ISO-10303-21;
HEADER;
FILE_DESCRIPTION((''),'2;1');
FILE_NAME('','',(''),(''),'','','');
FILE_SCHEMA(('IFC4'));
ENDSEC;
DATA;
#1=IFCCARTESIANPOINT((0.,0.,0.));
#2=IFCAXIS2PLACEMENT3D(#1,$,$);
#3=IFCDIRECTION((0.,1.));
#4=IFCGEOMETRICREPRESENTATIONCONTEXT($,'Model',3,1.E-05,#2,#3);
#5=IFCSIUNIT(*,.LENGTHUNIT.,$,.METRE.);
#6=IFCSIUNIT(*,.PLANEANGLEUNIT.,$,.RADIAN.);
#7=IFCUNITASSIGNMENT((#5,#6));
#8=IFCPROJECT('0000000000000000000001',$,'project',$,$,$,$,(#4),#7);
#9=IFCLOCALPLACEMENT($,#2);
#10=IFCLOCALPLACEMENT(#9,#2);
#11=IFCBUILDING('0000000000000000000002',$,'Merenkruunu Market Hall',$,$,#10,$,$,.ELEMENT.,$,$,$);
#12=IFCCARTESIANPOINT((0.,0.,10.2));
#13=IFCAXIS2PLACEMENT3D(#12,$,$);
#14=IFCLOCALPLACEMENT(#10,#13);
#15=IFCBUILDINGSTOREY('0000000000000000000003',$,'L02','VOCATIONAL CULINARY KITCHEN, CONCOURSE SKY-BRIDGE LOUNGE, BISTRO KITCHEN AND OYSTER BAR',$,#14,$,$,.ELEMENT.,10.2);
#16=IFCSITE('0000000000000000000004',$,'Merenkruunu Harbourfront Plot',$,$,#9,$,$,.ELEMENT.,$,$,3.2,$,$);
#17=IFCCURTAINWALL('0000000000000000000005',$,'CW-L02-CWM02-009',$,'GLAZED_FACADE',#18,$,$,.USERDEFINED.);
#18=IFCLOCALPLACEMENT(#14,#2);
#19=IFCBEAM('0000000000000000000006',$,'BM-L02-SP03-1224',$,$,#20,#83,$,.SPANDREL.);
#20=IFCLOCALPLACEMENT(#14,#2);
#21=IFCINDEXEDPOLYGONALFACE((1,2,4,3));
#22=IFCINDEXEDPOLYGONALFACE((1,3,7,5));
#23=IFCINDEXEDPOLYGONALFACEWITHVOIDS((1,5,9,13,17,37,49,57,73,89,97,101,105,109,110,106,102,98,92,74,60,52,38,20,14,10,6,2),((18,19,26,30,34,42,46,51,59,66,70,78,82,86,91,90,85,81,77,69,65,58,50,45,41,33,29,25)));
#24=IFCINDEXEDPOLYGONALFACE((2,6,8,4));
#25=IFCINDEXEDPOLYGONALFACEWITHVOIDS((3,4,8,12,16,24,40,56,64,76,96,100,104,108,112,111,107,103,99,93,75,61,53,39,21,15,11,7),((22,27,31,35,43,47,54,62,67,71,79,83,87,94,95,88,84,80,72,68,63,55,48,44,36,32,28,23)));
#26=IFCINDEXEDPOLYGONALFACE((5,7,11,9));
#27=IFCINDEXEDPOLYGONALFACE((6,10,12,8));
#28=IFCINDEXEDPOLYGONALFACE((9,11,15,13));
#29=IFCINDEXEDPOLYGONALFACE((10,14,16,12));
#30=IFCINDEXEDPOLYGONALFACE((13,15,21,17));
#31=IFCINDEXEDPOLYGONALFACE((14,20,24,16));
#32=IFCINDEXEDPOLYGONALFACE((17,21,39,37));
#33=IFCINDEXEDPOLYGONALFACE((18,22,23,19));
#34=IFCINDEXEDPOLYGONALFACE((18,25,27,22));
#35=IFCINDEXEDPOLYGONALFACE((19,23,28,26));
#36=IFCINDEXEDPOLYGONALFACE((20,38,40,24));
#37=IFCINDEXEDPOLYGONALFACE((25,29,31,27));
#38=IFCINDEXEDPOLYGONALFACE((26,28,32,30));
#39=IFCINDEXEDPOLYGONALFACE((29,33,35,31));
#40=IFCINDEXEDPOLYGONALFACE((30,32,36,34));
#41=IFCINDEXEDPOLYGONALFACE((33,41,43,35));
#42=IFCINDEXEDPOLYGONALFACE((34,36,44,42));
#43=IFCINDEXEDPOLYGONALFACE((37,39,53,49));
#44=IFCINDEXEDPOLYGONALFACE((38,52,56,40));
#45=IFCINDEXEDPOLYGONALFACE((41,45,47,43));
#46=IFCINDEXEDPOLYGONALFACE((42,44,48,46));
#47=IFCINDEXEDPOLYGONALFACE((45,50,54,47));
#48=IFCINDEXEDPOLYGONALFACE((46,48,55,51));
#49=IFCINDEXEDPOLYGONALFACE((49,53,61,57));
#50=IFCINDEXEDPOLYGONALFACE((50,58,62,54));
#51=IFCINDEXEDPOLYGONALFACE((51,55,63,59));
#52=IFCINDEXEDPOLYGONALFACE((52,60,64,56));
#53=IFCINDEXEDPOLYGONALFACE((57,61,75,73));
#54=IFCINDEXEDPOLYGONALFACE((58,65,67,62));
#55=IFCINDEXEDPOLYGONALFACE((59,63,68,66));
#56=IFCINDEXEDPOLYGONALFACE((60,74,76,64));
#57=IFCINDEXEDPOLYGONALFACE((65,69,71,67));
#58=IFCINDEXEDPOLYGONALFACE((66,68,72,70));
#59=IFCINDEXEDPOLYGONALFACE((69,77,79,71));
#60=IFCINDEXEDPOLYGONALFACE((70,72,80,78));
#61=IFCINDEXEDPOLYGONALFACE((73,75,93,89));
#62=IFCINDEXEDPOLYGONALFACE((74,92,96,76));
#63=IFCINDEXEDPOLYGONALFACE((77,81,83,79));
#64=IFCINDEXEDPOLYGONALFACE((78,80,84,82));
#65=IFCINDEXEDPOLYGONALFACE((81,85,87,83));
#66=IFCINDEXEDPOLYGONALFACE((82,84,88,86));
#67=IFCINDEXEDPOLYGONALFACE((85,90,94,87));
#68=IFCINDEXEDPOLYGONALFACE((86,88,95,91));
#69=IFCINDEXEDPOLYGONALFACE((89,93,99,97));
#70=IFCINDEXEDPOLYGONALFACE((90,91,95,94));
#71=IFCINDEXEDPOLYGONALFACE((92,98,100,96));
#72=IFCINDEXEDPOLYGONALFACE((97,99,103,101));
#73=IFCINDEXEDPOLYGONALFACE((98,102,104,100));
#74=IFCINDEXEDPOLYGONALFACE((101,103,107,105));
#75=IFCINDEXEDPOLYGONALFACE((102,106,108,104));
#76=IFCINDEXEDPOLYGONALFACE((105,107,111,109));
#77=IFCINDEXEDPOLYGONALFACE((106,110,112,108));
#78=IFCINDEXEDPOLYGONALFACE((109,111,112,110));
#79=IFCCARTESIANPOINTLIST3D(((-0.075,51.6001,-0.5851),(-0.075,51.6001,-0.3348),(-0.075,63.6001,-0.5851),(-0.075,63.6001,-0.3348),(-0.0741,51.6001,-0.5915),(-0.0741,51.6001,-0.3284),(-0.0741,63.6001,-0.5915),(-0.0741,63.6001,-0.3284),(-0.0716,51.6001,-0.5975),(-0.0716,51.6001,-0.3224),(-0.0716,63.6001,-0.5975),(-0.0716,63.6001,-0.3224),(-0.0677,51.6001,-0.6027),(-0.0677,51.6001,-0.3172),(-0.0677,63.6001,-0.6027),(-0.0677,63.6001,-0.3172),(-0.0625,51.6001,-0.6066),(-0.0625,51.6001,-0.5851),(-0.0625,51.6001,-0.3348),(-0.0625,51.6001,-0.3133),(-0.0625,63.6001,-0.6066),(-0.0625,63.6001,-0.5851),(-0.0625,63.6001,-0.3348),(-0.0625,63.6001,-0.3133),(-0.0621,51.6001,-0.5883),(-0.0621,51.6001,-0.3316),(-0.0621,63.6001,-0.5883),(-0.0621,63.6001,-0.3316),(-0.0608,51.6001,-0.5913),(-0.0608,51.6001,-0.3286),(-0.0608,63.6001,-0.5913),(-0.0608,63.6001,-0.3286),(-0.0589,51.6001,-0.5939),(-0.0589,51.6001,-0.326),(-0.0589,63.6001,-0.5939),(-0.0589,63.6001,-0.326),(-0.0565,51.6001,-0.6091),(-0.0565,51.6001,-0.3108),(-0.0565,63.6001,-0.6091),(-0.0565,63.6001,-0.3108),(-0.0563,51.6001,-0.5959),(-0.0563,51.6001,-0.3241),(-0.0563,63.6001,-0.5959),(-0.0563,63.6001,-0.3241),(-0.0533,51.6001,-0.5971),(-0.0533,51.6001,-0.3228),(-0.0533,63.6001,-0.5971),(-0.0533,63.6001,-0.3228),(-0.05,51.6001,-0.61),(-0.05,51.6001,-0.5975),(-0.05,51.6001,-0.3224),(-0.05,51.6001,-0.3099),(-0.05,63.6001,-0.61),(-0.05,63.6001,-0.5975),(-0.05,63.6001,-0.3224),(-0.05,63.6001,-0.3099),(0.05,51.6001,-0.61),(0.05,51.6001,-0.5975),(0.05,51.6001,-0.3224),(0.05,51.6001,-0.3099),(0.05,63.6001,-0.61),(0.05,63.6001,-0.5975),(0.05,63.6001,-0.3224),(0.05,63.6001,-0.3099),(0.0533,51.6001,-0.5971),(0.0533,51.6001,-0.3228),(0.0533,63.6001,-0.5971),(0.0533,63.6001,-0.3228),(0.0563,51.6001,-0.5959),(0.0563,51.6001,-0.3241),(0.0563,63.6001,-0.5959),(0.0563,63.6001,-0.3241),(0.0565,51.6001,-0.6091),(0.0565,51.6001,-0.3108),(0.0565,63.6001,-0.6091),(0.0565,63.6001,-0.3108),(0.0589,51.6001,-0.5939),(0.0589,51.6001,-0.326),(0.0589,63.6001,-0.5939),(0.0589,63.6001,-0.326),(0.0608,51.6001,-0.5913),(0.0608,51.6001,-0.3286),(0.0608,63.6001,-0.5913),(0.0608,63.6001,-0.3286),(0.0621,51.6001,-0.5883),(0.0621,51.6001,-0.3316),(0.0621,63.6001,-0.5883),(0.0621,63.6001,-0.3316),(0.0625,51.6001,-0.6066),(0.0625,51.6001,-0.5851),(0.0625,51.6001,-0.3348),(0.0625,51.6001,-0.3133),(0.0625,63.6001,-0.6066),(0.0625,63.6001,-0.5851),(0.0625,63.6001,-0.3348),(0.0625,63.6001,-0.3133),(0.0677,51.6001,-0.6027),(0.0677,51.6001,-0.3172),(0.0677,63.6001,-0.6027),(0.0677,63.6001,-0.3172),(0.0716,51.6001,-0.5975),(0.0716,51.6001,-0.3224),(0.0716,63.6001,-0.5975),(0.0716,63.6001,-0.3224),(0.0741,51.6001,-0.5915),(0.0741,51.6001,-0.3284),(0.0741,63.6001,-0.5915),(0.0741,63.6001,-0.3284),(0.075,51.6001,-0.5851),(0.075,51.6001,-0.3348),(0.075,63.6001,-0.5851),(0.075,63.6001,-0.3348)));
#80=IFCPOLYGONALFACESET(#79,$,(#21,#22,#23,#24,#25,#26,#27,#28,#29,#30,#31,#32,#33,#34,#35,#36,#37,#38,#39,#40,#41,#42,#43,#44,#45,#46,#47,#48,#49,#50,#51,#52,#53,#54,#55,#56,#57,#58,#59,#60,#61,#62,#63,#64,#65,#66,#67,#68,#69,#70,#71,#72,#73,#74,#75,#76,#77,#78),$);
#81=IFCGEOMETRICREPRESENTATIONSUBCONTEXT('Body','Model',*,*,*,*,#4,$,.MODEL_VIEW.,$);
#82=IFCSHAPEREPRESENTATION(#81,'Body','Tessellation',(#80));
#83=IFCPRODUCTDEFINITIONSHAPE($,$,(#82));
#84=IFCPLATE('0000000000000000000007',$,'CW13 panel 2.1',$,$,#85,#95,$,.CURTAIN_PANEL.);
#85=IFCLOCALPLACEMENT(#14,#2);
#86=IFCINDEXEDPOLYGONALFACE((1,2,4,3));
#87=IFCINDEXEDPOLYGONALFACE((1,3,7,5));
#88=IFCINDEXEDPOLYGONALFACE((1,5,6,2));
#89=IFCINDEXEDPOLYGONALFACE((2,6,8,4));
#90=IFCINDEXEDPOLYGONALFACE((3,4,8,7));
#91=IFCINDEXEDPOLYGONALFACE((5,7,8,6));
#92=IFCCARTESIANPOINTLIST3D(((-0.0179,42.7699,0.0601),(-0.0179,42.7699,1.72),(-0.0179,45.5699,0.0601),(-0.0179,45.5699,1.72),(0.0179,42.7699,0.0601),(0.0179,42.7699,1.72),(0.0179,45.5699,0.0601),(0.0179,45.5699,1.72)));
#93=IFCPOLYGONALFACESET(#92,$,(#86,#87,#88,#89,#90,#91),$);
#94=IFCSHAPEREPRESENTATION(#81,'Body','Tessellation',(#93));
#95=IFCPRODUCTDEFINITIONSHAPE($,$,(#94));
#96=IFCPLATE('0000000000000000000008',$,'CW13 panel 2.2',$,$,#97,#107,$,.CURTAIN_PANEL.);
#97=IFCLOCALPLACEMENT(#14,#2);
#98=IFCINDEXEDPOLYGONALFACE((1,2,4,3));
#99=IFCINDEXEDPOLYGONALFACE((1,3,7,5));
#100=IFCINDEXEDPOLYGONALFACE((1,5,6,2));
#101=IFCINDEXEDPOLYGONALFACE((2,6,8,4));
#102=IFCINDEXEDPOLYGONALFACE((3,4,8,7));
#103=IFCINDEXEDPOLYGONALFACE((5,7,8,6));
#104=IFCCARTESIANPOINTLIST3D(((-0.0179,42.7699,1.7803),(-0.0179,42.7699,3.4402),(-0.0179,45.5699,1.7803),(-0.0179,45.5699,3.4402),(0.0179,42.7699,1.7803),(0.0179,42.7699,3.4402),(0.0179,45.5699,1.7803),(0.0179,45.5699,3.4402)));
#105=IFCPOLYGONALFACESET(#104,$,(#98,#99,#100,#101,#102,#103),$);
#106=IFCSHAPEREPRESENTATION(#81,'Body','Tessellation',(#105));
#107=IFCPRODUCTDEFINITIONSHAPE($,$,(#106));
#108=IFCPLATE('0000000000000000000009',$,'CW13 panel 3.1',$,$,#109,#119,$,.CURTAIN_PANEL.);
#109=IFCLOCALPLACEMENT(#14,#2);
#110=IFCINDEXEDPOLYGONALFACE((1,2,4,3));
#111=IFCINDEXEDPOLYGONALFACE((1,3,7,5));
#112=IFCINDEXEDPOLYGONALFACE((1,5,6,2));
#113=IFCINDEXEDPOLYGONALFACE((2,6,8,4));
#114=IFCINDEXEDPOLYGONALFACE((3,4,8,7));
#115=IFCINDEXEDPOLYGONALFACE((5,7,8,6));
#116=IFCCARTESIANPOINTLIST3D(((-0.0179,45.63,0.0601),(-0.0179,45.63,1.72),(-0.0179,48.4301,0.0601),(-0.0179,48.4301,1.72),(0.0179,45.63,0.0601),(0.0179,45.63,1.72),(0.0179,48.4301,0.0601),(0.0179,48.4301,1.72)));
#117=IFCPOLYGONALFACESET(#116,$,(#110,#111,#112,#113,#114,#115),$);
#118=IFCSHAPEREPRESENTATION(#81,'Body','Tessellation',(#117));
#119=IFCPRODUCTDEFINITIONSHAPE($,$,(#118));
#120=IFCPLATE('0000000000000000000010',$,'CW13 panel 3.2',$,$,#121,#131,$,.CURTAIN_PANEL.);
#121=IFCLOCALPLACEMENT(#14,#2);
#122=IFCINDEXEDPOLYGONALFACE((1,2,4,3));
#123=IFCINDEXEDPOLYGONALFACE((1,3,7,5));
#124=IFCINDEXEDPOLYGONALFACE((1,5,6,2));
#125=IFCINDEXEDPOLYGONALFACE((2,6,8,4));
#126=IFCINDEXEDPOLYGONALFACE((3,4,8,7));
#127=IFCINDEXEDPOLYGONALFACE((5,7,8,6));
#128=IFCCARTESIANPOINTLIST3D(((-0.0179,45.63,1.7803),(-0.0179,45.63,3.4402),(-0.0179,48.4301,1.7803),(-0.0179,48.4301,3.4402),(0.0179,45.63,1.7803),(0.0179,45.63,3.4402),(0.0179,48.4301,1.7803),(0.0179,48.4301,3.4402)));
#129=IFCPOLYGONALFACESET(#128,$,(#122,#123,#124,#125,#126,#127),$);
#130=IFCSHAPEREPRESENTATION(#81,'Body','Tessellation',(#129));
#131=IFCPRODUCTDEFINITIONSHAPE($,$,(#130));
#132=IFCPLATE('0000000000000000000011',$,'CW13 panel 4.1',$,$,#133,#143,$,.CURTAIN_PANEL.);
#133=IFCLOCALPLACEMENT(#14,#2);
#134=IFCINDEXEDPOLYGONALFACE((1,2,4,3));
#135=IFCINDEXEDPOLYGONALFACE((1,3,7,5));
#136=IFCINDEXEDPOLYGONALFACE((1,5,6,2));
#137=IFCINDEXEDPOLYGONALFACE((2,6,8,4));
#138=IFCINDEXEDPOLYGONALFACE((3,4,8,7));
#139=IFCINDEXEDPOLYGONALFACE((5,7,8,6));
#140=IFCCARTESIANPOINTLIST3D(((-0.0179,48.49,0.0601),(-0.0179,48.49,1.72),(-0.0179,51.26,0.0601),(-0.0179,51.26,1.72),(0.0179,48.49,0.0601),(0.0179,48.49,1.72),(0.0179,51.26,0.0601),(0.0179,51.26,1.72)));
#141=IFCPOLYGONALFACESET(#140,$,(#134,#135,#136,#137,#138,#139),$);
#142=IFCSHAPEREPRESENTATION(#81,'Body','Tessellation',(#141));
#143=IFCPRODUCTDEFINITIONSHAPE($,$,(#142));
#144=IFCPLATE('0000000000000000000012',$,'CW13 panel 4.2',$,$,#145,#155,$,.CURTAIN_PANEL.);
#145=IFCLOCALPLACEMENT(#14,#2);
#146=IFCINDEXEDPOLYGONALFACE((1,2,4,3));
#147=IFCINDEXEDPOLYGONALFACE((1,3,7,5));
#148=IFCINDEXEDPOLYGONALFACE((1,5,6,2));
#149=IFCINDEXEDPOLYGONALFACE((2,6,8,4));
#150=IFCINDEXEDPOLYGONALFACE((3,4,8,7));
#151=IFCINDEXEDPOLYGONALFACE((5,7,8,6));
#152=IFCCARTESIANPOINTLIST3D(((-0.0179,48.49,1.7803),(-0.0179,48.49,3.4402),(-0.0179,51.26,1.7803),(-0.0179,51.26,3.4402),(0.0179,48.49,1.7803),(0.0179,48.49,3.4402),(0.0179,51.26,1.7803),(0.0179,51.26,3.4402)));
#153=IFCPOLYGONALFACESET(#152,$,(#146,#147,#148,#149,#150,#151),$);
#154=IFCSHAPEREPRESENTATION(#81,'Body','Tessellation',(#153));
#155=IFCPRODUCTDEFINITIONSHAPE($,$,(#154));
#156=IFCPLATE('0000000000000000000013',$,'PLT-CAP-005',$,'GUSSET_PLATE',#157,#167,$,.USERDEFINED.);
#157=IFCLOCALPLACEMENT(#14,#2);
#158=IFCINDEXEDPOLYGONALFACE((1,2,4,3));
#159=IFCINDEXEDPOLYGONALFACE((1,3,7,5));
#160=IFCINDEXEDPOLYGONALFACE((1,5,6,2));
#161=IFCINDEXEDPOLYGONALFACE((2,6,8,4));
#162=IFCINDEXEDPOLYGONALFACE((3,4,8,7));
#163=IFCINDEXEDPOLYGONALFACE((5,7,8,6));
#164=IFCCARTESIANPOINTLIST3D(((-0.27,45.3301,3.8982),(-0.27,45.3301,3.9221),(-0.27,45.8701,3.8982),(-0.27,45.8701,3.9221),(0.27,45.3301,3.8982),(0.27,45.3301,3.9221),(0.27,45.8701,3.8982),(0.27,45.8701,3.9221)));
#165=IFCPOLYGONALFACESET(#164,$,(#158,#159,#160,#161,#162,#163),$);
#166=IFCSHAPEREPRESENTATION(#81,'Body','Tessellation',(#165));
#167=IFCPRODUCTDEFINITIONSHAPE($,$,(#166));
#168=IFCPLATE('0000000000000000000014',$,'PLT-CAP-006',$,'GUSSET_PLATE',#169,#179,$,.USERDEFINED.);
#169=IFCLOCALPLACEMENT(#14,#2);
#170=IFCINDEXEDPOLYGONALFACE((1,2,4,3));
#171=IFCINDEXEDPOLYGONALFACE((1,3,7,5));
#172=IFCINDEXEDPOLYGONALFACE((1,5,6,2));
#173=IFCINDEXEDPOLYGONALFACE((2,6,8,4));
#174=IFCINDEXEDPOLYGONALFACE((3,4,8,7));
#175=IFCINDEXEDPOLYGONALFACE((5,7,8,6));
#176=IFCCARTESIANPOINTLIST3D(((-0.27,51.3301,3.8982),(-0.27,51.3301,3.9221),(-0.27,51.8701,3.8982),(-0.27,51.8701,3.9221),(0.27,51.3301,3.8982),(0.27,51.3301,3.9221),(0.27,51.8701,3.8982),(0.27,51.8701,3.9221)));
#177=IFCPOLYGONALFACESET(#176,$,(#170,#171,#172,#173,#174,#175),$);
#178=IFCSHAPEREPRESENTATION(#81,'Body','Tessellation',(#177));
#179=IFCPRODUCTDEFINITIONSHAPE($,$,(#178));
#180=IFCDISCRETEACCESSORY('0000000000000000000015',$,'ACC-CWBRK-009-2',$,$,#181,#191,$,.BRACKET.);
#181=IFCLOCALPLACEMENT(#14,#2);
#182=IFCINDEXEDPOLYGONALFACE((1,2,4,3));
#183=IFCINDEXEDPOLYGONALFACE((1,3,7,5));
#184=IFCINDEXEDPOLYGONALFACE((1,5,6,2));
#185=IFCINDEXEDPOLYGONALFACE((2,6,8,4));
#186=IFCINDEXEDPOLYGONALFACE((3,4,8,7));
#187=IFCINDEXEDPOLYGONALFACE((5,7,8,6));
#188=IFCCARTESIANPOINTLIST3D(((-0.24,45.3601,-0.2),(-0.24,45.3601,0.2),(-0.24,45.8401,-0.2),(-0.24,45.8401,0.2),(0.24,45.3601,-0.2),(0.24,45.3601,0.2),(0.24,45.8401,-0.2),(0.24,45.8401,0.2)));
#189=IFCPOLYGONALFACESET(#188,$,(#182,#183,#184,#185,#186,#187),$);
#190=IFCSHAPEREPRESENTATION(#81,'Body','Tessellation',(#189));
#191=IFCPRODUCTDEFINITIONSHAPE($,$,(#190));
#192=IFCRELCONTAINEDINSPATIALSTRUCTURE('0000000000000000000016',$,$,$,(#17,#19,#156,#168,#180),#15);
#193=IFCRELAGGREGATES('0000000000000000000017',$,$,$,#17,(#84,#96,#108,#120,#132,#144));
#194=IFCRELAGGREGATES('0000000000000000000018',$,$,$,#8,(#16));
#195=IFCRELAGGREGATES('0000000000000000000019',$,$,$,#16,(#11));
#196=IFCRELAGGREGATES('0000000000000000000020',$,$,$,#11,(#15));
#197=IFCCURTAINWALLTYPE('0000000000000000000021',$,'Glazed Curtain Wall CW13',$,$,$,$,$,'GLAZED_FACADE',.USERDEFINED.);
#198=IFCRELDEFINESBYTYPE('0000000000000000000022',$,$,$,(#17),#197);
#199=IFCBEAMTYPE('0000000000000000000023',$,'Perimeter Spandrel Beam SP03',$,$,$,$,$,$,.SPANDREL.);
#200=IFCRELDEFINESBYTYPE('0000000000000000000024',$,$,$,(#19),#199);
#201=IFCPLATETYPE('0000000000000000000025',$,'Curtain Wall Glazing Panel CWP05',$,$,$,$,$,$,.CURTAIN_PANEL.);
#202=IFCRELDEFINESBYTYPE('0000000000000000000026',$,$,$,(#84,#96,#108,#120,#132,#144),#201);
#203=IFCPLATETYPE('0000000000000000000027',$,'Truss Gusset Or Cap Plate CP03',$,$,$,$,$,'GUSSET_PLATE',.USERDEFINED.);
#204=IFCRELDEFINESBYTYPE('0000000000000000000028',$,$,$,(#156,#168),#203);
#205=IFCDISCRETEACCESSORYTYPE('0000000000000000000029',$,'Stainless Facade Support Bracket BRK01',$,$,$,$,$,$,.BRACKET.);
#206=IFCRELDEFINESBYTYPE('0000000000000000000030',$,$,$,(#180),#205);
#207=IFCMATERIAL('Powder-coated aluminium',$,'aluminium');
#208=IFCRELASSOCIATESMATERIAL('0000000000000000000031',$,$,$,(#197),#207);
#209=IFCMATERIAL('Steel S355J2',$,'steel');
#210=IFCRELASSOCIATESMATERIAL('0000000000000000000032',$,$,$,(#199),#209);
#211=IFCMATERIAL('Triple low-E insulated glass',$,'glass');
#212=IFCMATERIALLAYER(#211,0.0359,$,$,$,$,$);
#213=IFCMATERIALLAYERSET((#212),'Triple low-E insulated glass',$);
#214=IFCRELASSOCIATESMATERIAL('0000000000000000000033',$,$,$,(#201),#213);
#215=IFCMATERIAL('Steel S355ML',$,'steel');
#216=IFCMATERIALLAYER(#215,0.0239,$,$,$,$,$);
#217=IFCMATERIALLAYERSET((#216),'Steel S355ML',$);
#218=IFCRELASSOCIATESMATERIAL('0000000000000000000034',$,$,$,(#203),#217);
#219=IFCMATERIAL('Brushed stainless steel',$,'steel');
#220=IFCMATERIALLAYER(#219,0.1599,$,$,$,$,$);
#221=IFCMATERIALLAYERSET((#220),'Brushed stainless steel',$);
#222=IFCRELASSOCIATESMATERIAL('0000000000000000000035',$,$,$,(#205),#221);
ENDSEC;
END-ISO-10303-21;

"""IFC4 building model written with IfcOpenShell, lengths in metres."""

from ifc_helpers import new_model, si_unit, direction, frame, origin, origin_2d, place, context, subcontext, project, spatial, rectangle, hollow_rectangle, extrude, material, layer, layer_set, material_profile, profile_set, type_object, element, aggregate, save


model = new_model("IFC4")

# Units and contexts
model_context = context("Model", 3, precision=1e-05, world=origin(), true_north=direction((0.0, 1.0)))
body_context = subcontext(model_context, "Body", "Model", "MODEL_VIEW")
ifc_project = project(units=[si_unit("LENGTHUNIT", "METRE"), si_unit("PLANEANGLEUNIT", "RADIAN")], contexts=[model_context])

# Site, building, storey
site_placement = place(None, origin())
site = spatial("IfcSite", under=ifc_project, at=site_placement, Name="Merenkruunu Harbourfront Plot", CompositionType="ELEMENT", RefElevation=3.2)
building_placement = place(site_placement, origin())
building = spatial("IfcBuilding", under=site, at=building_placement, Name="Merenkruunu Market Hall", CompositionType="ELEMENT")
storey_placement = place(building_placement, frame((0.0, 0.0, 10.2)))
storey = spatial("IfcBuildingStorey", under=building, at=storey_placement, Name="L02", Description="VOCATIONAL CULINARY KITCHEN, CONCOURSE SKY-BRIDGE LOUNGE, BISTRO KITCHEN AND OYSTER BAR", CompositionType="ELEMENT", Elevation=10.2)

# Shared definitions
ifc_material_1 = material(Name="Steel S355ML", Category="steel")

# Curtain wall
ifc_material_2 = material(Name="Powder-coated aluminium", Category="aluminium")
curtain_wall_type = type_object("IfcCurtainWallType", Name="Glazed Curtain Wall CW13", ElementType="GLAZED_FACADE", PredefinedType="USERDEFINED", material=ifc_material_2)
curtain_wall_placement = place(storey_placement, origin())
curtain_wall = element("IfcCurtainWall", 1, at=curtain_wall_placement, inside=storey, type_object=curtain_wall_type, Name="CW-L02-CWM02-009", ObjectType="GLAZED_FACADE", PredefinedType="USERDEFINED")

# Beam
ifc_material_3 = material(Name="Steel S355J2", Category="steel")
ifc_material_profile_1 = material_profile(ifc_material_3, hollow_rectangle(XDim=0.1499, YDim=0.3, WallThickness=0.0125, InnerFilletRadius=0.0125, OuterFilletRadius=0.0249, at=origin_2d()), Name="RHS 300x150x12.5")
ifc_profile_set_1 = profile_set([ifc_material_profile_1], Name="Steel S355J2")
beam_type = type_object("IfcBeamType", Name="Perimeter Spandrel Beam SP03", PredefinedType="SPANDREL", material=ifc_profile_set_1)
beam_placement = place(storey_placement, frame((0.0, 51.6001, -0.46), z_axis=(0.0, 1.0, 0.0), x_axis=(-1.0, 0.0, 0.0)))
element("IfcBeam", 2, at=beam_placement, inside=storey, type_object=beam_type, Name="BM-L02-SP03-1224", PredefinedType="SPANDREL", context=body_context, shape_type="SweptSolid", body=[
    extrude(hollow_rectangle(XDim=0.1499, YDim=0.3, WallThickness=0.0125, InnerFilletRadius=0.0125, OuterFilletRadius=0.0249, at=origin_2d()), origin(), (0.0, 0.0, 1.0), 12.0),
])

# Plates
ifc_material_4 = material(Name="Triple low-E insulated glass", Category="glass")
ifc_layer_1 = layer(ifc_material_4, 0.0359)
ifc_layer_set_1 = layer_set([ifc_layer_1], Name="Triple low-E insulated glass")
plate_type_1 = type_object("IfcPlateType", Name="Curtain Wall Glazing Panel CWP05", PredefinedType="CURTAIN_PANEL", material=ifc_layer_set_1)
plate_1_placement = place(storey_placement, frame((0.0, 44.1699, 0.0601), z_axis=(0.0, 0.0, 1.0), x_axis=(0.0, 1.0, 0.0)))
plate_1 = element("IfcPlate", 3, at=plate_1_placement, type_object=plate_type_1, Name="CW13 panel 2.1", PredefinedType="CURTAIN_PANEL", context=body_context, shape_type="SweptSolid", body=[
    extrude(rectangle(XDim=2.8, YDim=0.0359, at=origin_2d()), origin(), (0.0, 0.0, 1.0), 1.6599),
])
plate_2_placement = place(storey_placement, frame((0.0, 44.1699, 1.7803), z_axis=(0.0, 0.0, 1.0), x_axis=(0.0, 1.0, 0.0)))
plate_2 = element("IfcPlate", 4, at=plate_2_placement, type_object=plate_type_1, Name="CW13 panel 2.2", PredefinedType="CURTAIN_PANEL", context=body_context, shape_type="SweptSolid", body=[
    extrude(rectangle(XDim=2.8, YDim=0.0359, at=origin_2d()), origin(), (0.0, 0.0, 1.0), 1.6599),
])
plate_3_placement = place(storey_placement, frame((0.0, 47.03, 0.0601), z_axis=(0.0, 0.0, 1.0), x_axis=(0.0, 1.0, 0.0)))
plate_3 = element("IfcPlate", 5, at=plate_3_placement, type_object=plate_type_1, Name="CW13 panel 3.1", PredefinedType="CURTAIN_PANEL", context=body_context, shape_type="SweptSolid", body=[
    extrude(rectangle(XDim=2.8, YDim=0.0359, at=origin_2d()), origin(), (0.0, 0.0, 1.0), 1.6599),
])
plate_4_placement = place(storey_placement, frame((0.0, 47.03, 1.7803), z_axis=(0.0, 0.0, 1.0), x_axis=(0.0, 1.0, 0.0)))
plate_4 = element("IfcPlate", 6, at=plate_4_placement, type_object=plate_type_1, Name="CW13 panel 3.2", PredefinedType="CURTAIN_PANEL", context=body_context, shape_type="SweptSolid", body=[
    extrude(rectangle(XDim=2.8, YDim=0.0359, at=origin_2d()), origin(), (0.0, 0.0, 1.0), 1.6599),
])
plate_5_placement = place(storey_placement, frame((0.0, 49.875, 0.0601), z_axis=(0.0, 0.0, 1.0), x_axis=(0.0, 1.0, 0.0)))
plate_5 = element("IfcPlate", 7, at=plate_5_placement, type_object=plate_type_1, Name="CW13 panel 4.1", PredefinedType="CURTAIN_PANEL", context=body_context, shape_type="SweptSolid", body=[
    extrude(rectangle(XDim=2.77, YDim=0.0359, at=origin_2d()), origin(), (0.0, 0.0, 1.0), 1.6599),
])
plate_6_placement = place(storey_placement, frame((0.0, 49.875, 1.7803), z_axis=(0.0, 0.0, 1.0), x_axis=(0.0, 1.0, 0.0)))
plate_6 = element("IfcPlate", 8, at=plate_6_placement, type_object=plate_type_1, Name="CW13 panel 4.2", PredefinedType="CURTAIN_PANEL", context=body_context, shape_type="SweptSolid", body=[
    extrude(rectangle(XDim=2.77, YDim=0.0359, at=origin_2d()), origin(), (0.0, 0.0, 1.0), 1.6599),
])
aggregate(curtain_wall, [plate_1, plate_2, plate_3, plate_4, plate_5, plate_6])

# Plates
ifc_layer_2 = layer(ifc_material_1, 0.0239)
ifc_layer_set_2 = layer_set([ifc_layer_2], Name="Steel S355ML")
plate_type_2 = type_object("IfcPlateType", Name="Truss Gusset Or Cap Plate CP03", ElementType="GUSSET_PLATE", PredefinedType="USERDEFINED", material=ifc_layer_set_2)
for number, where, z_axis, x_axis, name in (
    (9, (0.0, 45.6001, 3.8982), (0.0, 0.0, 1.0), (1.0, 0.0, 0.0), "PLT-CAP-005"),
    (10, (0.0, 51.6001, 3.8982), (0.0, 0.0, 1.0), (1.0, 0.0, 0.0), "PLT-CAP-006"),
):
    element("IfcPlate", number, at=place(storey_placement, frame(where, z_axis=z_axis, x_axis=x_axis)), inside=storey, type_object=plate_type_2, Name=name, ObjectType="GUSSET_PLATE", PredefinedType="USERDEFINED", context=body_context, shape_type="SweptSolid", body=[
        extrude(rectangle(XDim=0.54, YDim=0.54, at=origin_2d()), origin(), (0.0, 0.0, 1.0), 0.0239),
    ])

# Discrete accessory
ifc_material_5 = material(Name="Brushed stainless steel", Category="steel")
ifc_layer_3 = layer(ifc_material_5, 0.1599)
ifc_layer_set_3 = layer_set([ifc_layer_3], Name="Brushed stainless steel")
discrete_accessory_type = type_object("IfcDiscreteAccessoryType", Name="Stainless Facade Support Bracket BRK01", PredefinedType="BRACKET", material=ifc_layer_set_3)
for number, where, z_axis, x_axis, name in (
    (11, (0.0, 45.6001, -0.2), (0.0, 0.0, 1.0), (1.0, 0.0, 0.0), "ACC-CWBRK-009-2"),
):
    element("IfcDiscreteAccessory", number, at=place(storey_placement, frame(where, z_axis=z_axis, x_axis=x_axis)), inside=storey, type_object=discrete_accessory_type, Name=name, PredefinedType="BRACKET", context=body_context, shape_type="SweptSolid", body=[
        extrude(rectangle(XDim=0.48, YDim=0.48, at=origin_2d()), origin(), (0.0, 0.0, 1.0), 0.3999),
    ])

save(model, "model.ifc")
